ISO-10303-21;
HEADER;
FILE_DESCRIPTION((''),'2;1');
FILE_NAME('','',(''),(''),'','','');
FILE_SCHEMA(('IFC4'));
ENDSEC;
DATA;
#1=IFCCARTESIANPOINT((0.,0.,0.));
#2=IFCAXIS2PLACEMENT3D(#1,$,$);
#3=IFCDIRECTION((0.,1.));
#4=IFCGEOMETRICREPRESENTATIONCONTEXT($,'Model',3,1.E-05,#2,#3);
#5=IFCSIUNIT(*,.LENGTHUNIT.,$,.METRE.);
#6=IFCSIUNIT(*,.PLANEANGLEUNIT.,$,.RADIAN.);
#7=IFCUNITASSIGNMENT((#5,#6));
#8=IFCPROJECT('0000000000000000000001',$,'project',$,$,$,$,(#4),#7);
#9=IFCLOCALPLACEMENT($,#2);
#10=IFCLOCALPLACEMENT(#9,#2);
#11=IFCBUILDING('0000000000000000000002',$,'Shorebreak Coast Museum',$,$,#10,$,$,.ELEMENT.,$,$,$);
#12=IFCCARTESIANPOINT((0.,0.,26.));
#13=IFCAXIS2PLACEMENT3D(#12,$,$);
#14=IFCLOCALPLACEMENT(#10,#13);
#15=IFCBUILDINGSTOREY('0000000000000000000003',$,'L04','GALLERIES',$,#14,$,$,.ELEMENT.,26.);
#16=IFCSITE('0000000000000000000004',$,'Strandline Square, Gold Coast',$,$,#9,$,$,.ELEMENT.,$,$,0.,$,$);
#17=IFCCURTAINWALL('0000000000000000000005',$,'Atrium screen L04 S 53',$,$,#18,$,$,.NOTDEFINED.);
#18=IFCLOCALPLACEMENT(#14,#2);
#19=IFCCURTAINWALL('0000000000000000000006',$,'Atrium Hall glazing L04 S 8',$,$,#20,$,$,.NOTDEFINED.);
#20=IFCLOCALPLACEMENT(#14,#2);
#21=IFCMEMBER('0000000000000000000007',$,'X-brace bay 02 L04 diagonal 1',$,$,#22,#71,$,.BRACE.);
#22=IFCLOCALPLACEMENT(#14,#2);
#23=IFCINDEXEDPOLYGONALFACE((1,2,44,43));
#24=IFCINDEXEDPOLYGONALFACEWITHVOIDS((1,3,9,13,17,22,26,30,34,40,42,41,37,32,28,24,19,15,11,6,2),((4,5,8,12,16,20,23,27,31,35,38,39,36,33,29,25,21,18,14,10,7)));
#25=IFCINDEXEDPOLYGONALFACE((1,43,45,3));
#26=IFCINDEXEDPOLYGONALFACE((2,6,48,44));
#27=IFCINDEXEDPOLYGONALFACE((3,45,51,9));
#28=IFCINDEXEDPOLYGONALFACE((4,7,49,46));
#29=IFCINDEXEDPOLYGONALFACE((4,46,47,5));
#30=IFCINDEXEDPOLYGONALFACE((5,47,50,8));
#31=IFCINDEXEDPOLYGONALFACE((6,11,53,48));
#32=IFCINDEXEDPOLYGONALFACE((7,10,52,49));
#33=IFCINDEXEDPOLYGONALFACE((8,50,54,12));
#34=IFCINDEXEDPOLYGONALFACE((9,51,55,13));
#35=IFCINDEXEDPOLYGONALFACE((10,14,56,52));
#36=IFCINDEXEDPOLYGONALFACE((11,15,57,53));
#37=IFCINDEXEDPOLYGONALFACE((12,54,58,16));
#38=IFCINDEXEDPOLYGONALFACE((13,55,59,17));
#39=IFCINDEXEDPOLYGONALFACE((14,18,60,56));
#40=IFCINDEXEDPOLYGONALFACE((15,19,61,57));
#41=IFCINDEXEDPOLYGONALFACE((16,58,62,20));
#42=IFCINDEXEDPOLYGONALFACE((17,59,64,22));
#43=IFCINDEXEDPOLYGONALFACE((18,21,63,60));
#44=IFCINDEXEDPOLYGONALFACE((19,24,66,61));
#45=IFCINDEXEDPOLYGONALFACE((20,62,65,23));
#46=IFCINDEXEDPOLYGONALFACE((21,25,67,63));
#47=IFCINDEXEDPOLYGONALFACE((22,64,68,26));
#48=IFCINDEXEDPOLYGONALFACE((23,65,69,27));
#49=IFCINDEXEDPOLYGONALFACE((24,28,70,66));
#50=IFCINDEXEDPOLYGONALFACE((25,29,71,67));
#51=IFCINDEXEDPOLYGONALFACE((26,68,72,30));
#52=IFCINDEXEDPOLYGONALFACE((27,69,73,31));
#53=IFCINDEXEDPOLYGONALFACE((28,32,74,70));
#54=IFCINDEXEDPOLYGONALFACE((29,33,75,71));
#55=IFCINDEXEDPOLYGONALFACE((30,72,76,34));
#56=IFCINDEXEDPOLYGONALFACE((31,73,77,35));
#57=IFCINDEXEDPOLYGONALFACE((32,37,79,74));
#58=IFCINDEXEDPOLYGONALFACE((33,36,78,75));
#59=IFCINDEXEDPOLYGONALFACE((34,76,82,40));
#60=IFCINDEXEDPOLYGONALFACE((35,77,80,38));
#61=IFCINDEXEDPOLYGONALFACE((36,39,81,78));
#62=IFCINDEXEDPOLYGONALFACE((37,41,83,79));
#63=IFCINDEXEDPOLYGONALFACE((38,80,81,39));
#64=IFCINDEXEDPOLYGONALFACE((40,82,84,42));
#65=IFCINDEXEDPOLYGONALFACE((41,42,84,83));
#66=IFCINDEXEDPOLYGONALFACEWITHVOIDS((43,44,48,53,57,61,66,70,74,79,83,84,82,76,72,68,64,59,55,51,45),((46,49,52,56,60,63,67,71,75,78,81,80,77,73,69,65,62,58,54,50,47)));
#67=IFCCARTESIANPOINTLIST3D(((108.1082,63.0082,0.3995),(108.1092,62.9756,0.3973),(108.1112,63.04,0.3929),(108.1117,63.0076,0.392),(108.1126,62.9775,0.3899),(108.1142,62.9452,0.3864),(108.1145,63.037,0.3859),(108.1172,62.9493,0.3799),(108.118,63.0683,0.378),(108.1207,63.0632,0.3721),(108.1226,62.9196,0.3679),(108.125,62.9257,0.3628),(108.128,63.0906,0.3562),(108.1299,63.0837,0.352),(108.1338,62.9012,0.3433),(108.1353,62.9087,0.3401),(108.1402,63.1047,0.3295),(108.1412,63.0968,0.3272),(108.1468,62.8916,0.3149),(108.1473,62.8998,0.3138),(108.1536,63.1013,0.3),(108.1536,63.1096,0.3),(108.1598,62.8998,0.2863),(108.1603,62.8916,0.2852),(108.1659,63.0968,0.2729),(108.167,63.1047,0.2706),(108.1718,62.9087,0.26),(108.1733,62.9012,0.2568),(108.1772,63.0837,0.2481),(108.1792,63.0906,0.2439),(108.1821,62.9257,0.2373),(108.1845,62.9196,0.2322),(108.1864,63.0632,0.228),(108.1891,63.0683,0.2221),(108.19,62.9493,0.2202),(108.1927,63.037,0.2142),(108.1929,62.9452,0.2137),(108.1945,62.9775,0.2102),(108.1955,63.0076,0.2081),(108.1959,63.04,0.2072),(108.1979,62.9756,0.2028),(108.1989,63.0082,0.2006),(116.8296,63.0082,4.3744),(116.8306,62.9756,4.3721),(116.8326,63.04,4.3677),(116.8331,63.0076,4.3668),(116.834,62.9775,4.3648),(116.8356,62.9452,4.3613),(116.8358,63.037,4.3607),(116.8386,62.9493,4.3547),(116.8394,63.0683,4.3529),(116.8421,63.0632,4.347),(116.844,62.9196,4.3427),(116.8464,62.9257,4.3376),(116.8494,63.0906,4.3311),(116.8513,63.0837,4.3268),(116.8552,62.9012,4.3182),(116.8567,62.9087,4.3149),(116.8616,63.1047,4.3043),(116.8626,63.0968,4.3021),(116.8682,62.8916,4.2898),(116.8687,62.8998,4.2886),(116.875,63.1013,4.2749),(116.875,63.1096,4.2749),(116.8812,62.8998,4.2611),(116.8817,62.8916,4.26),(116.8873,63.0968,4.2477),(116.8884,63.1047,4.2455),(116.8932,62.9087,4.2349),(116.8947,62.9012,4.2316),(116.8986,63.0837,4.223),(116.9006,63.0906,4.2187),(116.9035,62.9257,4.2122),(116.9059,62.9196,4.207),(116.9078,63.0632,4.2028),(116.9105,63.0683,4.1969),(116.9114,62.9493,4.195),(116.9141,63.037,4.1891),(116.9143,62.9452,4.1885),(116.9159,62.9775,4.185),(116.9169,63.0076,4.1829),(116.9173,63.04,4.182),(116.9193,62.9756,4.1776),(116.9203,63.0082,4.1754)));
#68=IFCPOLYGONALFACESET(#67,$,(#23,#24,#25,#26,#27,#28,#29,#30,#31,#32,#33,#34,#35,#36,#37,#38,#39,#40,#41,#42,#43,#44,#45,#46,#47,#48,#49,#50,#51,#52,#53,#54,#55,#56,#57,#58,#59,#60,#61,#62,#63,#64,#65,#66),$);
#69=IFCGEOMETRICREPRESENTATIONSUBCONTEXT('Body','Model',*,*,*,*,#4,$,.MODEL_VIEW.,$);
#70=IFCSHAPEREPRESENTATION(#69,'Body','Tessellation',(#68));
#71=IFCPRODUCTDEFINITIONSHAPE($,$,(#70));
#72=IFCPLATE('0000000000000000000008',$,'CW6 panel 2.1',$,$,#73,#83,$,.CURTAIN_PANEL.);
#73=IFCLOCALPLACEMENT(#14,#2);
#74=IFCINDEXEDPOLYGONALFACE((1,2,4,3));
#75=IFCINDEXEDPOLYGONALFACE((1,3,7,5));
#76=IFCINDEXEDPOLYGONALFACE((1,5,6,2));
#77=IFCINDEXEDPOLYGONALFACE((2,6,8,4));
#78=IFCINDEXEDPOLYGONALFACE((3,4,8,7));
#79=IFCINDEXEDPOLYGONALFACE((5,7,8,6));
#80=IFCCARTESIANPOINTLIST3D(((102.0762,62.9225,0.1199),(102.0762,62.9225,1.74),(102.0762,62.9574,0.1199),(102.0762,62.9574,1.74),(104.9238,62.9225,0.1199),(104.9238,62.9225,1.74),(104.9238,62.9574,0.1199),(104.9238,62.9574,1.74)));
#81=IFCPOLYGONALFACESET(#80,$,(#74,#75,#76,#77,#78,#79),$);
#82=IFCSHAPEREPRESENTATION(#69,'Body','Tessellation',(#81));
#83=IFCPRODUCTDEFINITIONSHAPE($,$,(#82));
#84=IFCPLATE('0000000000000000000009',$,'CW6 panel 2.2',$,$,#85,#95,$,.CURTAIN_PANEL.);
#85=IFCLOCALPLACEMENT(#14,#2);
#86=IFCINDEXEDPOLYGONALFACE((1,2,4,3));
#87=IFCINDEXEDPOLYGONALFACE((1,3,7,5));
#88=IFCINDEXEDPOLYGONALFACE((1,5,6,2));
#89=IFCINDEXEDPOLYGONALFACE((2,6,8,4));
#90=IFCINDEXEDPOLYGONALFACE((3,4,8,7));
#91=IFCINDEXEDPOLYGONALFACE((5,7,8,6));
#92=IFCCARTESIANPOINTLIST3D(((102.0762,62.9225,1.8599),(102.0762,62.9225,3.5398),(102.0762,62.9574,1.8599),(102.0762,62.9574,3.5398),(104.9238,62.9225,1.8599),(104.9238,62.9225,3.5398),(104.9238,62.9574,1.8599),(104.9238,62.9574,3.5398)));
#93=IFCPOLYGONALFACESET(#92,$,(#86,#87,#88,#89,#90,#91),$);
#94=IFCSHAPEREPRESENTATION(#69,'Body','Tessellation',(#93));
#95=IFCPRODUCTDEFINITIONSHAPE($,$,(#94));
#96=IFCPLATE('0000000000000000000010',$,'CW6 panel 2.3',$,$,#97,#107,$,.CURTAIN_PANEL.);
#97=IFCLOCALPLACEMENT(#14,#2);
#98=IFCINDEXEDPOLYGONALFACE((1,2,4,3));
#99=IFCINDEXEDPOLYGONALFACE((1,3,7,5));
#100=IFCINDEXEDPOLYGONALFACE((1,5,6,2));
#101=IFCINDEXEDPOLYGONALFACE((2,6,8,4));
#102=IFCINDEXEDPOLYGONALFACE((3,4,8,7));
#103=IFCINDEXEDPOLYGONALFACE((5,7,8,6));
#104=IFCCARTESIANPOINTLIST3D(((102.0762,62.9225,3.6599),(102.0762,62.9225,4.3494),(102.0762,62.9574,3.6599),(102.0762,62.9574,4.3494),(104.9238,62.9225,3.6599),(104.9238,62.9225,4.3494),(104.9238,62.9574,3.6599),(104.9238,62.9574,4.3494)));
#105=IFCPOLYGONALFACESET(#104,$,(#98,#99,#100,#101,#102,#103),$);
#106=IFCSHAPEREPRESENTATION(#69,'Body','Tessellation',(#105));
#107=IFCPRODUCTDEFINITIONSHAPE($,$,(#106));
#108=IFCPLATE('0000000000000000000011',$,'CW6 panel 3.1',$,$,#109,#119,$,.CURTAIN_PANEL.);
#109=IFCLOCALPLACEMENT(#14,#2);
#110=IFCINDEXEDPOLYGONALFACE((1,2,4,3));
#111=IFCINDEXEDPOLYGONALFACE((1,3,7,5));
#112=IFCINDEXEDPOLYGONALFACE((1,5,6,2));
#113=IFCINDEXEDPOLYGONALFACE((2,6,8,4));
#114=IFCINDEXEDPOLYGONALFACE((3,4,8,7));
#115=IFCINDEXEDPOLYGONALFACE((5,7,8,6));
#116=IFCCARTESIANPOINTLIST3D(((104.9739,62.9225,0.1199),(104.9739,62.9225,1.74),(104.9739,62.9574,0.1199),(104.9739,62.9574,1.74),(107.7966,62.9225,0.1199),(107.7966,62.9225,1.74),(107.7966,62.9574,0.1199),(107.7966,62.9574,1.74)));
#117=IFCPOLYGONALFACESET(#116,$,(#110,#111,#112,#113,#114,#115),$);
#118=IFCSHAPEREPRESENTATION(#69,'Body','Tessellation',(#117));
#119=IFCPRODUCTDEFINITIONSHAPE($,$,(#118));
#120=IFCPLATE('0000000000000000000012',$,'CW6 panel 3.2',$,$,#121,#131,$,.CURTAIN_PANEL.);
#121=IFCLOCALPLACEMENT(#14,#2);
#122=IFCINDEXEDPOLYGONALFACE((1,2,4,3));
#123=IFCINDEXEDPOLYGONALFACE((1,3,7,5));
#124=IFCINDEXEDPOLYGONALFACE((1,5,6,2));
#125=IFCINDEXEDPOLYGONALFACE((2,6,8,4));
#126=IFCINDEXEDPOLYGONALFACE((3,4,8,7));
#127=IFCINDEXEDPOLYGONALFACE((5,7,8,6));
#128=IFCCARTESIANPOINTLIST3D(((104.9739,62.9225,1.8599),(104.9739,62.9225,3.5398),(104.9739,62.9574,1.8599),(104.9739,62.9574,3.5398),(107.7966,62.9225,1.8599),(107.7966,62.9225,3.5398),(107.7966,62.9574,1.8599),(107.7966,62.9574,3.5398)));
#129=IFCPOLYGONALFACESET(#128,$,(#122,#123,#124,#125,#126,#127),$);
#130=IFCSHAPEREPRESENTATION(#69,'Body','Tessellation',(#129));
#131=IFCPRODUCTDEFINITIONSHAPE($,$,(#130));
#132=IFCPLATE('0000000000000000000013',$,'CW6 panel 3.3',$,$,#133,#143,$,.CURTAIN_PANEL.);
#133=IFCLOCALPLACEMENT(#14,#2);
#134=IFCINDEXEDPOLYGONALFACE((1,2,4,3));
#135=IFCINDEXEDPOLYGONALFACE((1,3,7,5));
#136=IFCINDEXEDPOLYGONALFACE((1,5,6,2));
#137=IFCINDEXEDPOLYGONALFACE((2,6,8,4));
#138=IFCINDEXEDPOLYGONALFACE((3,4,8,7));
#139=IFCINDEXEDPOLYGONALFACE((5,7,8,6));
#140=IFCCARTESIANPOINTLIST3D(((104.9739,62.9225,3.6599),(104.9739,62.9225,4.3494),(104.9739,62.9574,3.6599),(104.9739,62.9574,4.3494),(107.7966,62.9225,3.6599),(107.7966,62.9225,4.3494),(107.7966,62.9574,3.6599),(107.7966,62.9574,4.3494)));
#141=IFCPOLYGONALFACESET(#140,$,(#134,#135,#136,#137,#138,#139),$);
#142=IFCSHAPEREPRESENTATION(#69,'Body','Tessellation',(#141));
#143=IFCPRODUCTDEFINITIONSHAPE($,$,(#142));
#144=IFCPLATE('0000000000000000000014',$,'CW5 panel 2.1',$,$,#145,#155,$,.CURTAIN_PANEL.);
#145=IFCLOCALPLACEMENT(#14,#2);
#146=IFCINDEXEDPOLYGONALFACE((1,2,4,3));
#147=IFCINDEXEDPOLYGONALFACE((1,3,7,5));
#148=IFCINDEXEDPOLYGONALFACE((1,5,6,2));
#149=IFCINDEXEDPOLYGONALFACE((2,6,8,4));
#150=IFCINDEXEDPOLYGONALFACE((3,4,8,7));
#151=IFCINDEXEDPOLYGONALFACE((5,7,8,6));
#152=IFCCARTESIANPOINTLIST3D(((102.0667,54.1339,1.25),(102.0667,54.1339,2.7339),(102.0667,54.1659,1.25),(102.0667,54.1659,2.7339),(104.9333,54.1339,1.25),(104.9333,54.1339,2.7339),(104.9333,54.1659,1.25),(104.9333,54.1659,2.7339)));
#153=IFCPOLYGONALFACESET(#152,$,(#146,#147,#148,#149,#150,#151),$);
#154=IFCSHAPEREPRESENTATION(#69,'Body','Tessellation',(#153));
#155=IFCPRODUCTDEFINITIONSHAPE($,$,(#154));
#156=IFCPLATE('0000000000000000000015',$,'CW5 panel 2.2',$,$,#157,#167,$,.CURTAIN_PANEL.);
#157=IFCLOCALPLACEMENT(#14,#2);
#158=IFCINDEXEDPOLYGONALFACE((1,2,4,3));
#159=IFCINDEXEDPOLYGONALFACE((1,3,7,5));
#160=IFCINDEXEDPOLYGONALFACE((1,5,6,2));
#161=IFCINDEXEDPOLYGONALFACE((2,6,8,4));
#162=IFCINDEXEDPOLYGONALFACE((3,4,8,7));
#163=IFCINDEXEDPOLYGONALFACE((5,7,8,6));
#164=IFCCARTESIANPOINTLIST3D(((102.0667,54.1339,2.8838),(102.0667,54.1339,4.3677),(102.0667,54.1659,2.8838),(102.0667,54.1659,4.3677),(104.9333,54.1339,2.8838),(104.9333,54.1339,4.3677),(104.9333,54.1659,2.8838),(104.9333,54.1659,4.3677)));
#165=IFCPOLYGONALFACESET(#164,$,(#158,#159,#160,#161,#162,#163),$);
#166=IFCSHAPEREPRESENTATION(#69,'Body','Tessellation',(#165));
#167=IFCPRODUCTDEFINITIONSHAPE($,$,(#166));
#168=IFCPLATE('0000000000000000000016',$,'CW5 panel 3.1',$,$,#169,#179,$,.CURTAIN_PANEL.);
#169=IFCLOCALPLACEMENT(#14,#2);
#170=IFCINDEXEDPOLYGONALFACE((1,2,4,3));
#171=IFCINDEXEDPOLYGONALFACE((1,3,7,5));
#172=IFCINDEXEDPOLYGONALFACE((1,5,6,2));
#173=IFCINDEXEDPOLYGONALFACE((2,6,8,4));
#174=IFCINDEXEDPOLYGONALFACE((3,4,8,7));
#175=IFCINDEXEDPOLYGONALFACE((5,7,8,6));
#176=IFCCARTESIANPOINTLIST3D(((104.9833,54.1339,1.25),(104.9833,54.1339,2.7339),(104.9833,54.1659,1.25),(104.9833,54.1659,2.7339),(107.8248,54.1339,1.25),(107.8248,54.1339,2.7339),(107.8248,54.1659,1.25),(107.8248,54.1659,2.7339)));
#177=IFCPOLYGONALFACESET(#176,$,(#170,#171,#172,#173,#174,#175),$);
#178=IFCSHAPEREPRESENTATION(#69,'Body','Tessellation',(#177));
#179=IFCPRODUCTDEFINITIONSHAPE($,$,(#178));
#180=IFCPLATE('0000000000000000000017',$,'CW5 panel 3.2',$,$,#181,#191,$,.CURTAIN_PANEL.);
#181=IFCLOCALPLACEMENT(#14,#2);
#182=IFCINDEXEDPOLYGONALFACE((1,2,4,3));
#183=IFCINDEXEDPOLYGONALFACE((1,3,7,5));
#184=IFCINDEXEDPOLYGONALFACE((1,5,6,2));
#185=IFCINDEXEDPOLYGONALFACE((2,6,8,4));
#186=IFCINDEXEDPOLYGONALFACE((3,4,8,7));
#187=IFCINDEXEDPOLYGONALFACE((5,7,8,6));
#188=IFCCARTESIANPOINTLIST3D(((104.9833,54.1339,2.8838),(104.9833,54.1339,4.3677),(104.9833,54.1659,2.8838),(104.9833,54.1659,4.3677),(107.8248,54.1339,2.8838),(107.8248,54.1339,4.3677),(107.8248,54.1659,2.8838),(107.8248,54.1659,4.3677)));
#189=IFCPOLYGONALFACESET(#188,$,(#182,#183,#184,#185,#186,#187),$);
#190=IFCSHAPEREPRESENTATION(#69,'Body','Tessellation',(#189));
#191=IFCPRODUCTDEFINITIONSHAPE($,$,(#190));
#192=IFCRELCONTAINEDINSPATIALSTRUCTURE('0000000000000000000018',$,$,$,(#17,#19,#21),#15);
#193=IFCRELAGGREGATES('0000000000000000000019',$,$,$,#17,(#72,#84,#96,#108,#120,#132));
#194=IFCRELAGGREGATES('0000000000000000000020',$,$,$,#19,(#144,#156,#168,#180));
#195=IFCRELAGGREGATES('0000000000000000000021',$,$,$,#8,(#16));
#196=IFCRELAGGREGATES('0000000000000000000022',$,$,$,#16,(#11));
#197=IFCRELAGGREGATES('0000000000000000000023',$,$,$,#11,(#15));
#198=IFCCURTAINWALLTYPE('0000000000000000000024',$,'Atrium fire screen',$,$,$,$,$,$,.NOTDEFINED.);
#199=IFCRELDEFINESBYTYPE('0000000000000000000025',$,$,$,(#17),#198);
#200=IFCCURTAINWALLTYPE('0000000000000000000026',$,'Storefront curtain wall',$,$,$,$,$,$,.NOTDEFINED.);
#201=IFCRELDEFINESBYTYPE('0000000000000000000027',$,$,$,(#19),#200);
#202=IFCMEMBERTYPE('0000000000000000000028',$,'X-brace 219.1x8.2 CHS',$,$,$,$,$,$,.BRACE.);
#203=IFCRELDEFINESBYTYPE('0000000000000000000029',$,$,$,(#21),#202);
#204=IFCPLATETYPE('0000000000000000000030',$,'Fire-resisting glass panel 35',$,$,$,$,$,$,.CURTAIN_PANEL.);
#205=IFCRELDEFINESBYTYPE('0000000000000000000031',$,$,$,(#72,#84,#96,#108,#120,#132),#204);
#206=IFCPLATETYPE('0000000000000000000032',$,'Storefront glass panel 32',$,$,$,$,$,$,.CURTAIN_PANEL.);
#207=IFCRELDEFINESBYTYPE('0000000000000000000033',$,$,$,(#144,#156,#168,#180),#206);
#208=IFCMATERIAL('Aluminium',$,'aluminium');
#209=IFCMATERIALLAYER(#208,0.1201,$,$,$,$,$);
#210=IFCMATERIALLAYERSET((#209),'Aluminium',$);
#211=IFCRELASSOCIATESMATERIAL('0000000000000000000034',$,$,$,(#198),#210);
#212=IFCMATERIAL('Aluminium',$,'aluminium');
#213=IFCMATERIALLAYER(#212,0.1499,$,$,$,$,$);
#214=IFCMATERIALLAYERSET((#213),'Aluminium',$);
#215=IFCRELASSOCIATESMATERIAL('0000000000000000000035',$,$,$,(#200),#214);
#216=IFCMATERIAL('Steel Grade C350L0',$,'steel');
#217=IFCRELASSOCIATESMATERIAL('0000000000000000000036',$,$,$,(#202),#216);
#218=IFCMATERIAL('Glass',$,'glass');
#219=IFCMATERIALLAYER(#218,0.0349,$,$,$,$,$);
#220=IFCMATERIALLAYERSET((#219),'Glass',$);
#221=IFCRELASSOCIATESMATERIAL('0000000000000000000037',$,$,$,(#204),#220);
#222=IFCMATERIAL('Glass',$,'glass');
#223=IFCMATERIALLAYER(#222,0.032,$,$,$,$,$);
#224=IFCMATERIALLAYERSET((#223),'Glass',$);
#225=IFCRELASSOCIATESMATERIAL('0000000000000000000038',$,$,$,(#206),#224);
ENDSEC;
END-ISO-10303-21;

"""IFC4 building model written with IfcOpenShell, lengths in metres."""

from ifc_helpers import new_model, si_unit, direction, frame, origin, origin_2d, place, context, subcontext, project, spatial, rectangle, hollow_circle, extrude, material, layer, layer_set, material_profile, profile_set, type_object, element, aggregate, save


model = new_model("IFC4")

# Units and contexts
model_context = context("Model", 3, precision=1e-05, world=origin(), true_north=direction((0.0, 1.0)))
body_context = subcontext(model_context, "Body", "Model", "MODEL_VIEW")
ifc_project = project(units=[si_unit("LENGTHUNIT", "METRE"), si_unit("PLANEANGLEUNIT", "RADIAN")], contexts=[model_context])

# Site, building, storey
site_placement = place(None, origin())
site = spatial("IfcSite", under=ifc_project, at=site_placement, Name="Strandline Square, Gold Coast", CompositionType="ELEMENT", RefElevation=0.0)
building_placement = place(site_placement, origin())
building = spatial("IfcBuilding", under=site, at=building_placement, Name="Shorebreak Coast Museum", CompositionType="ELEMENT")
storey_placement = place(building_placement, frame((0.0, 0.0, 26.0)))
storey = spatial("IfcBuildingStorey", under=building, at=storey_placement, Name="L04", Description="GALLERIES", CompositionType="ELEMENT", Elevation=26.0)

# Curtain walls
ifc_material_1 = material(Name="Aluminium", Category="aluminium")
ifc_layer_1 = layer(ifc_material_1, 0.1201)
ifc_layer_set_1 = layer_set([ifc_layer_1], Name="Aluminium")
curtain_wall_type_1 = type_object("IfcCurtainWallType", Name="Atrium fire screen", PredefinedType="NOTDEFINED", material=ifc_layer_set_1)
curtain_wall_1_placement = place(storey_placement, origin())
curtain_wall_1 = element("IfcCurtainWall", 1, at=curtain_wall_1_placement, inside=storey, type_object=curtain_wall_type_1, Name="Atrium screen L04 S 53", PredefinedType="NOTDEFINED")
ifc_material_2 = material(Name="Aluminium", Category="aluminium")
ifc_layer_2 = layer(ifc_material_2, 0.1499)
ifc_layer_set_2 = layer_set([ifc_layer_2], Name="Aluminium")
curtain_wall_type_2 = type_object("IfcCurtainWallType", Name="Storefront curtain wall", PredefinedType="NOTDEFINED", material=ifc_layer_set_2)
curtain_wall_2_placement = place(storey_placement, origin())
curtain_wall_2 = element("IfcCurtainWall", 2, at=curtain_wall_2_placement, inside=storey, type_object=curtain_wall_type_2, Name="Atrium Hall glazing L04 S 8", PredefinedType="NOTDEFINED")

# Member
ifc_material_3 = material(Name="Steel Grade C350L0", Category="steel")
ifc_material_profile_1 = material_profile(ifc_material_3, hollow_circle(Radius=0.1096, WallThickness=0.0083, at=origin_2d()), Name="219.1x8.2 CHS")
ifc_profile_set_1 = profile_set([ifc_material_profile_1], Name="Steel Grade C350L0")
member_type_1 = type_object("IfcMemberType", Name="X-brace 219.1x8.2 CHS", PredefinedType="BRACE", material=ifc_profile_set_1)
member_1_placement = place(storey_placement, frame((108.1536, 63.0, 0.3), z_axis=(0.909951, 0.0, 0.414716), x_axis=(0.0, 1.0, 0.0)))
element("IfcMember", 3, at=member_1_placement, inside=storey, type_object=member_type_1, Name="X-brace bay 02 L04 diagonal 1", PredefinedType="BRACE", context=body_context, shape_type="SweptSolid", body=[
    extrude(hollow_circle(Radius=0.1096, WallThickness=0.0083, at=origin_2d()), origin(), (0.0, 0.0, 1.0), 9.5845),
])

# Plates
ifc_material_4 = material(Name="Glass", Category="glass")
ifc_layer_3 = layer(ifc_material_4, 0.0349)
ifc_layer_set_3 = layer_set([ifc_layer_3], Name="Glass")
plate_type_1 = type_object("IfcPlateType", Name="Fire-resisting glass panel 35", PredefinedType="CURTAIN_PANEL", material=ifc_layer_set_3)
plate_1_placement = place(storey_placement, frame((103.5, 62.9399, 0.1199), z_axis=(0.0, 0.0, 1.0), x_axis=(1.0, 0.0, 0.0)))
plate_1 = element("IfcPlate", 4, at=plate_1_placement, type_object=plate_type_1, Name="CW6 panel 2.1", PredefinedType="CURTAIN_PANEL", context=body_context, shape_type="SweptSolid", body=[
    extrude(rectangle(XDim=2.8477, YDim=0.0349, at=origin_2d()), origin(), (0.0, 0.0, 1.0), 1.6201),
])
plate_2_placement = place(storey_placement, frame((103.5, 62.9399, 1.8599), z_axis=(0.0, 0.0, 1.0), x_axis=(1.0, 0.0, 0.0)))
plate_2 = element("IfcPlate", 5, at=plate_2_placement, type_object=plate_type_1, Name="CW6 panel 2.2", PredefinedType="CURTAIN_PANEL", context=body_context, shape_type="SweptSolid", body=[
    extrude(rectangle(XDim=2.8477, YDim=0.0349, at=origin_2d()), origin(), (0.0, 0.0, 1.0), 1.6799),
])
plate_3_placement = place(storey_placement, frame((103.5, 62.9399, 3.6599), z_axis=(0.0, 0.0, 1.0), x_axis=(1.0, 0.0, 0.0)))
plate_3 = element("IfcPlate", 6, at=plate_3_placement, type_object=plate_type_1, Name="CW6 panel 2.3", PredefinedType="CURTAIN_PANEL", context=body_context, shape_type="SweptSolid", body=[
    extrude(rectangle(XDim=2.8477, YDim=0.0349, at=origin_2d()), origin(), (0.0, 0.0, 1.0), 0.6895),
])
plate_4_placement = place(storey_placement, frame((106.3853, 62.9399, 0.1199), z_axis=(0.0, 0.0, 1.0), x_axis=(1.0, 0.0, 0.0)))
plate_4 = element("IfcPlate", 7, at=plate_4_placement, type_object=plate_type_1, Name="CW6 panel 3.1", PredefinedType="CURTAIN_PANEL", context=body_context, shape_type="SweptSolid", body=[
    extrude(rectangle(XDim=2.8228, YDim=0.0349, at=origin_2d()), origin(), (0.0, 0.0, 1.0), 1.6201),
])
plate_5_placement = place(storey_placement, frame((106.3853, 62.9399, 1.8599), z_axis=(0.0, 0.0, 1.0), x_axis=(1.0, 0.0, 0.0)))
plate_5 = element("IfcPlate", 8, at=plate_5_placement, type_object=plate_type_1, Name="CW6 panel 3.2", PredefinedType="CURTAIN_PANEL", context=body_context, shape_type="SweptSolid", body=[
    extrude(rectangle(XDim=2.8228, YDim=0.0349, at=origin_2d()), origin(), (0.0, 0.0, 1.0), 1.6799),
])
plate_6_placement = place(storey_placement, frame((106.3853, 62.9399, 3.6599), z_axis=(0.0, 0.0, 1.0), x_axis=(1.0, 0.0, 0.0)))
plate_6 = element("IfcPlate", 9, at=plate_6_placement, type_object=plate_type_1, Name="CW6 panel 3.3", PredefinedType="CURTAIN_PANEL", context=body_context, shape_type="SweptSolid", body=[
    extrude(rectangle(XDim=2.8228, YDim=0.0349, at=origin_2d()), origin(), (0.0, 0.0, 1.0), 0.6895),
])
aggregate(curtain_wall_1, [plate_1, plate_2, plate_3, plate_4, plate_5, plate_6])
ifc_material_5 = material(Name="Glass", Category="glass")
ifc_layer_4 = layer(ifc_material_5, 0.032)
ifc_layer_set_4 = layer_set([ifc_layer_4], Name="Glass")
plate_type_2 = type_object("IfcPlateType", Name="Storefront glass panel 32", PredefinedType="CURTAIN_PANEL", material=ifc_layer_set_4)
plate_7_placement = place(storey_placement, frame((103.5, 54.1499, 1.25), z_axis=(0.0, 0.0, 1.0), x_axis=(1.0, 0.0, 0.0)))
plate_7 = element("IfcPlate", 10, at=plate_7_placement, type_object=plate_type_2, Name="CW5 panel 2.1", PredefinedType="CURTAIN_PANEL", context=body_context, shape_type="SweptSolid", body=[
    extrude(rectangle(XDim=2.8667, YDim=0.032, at=origin_2d()), origin(), (0.0, 0.0, 1.0), 1.4839),
])
plate_8_placement = place(storey_placement, frame((103.5, 54.1499, 2.8838), z_axis=(0.0, 0.0, 1.0), x_axis=(1.0, 0.0, 0.0)))
plate_8 = element("IfcPlate", 11, at=plate_8_placement, type_object=plate_type_2, Name="CW5 panel 2.2", PredefinedType="CURTAIN_PANEL", context=body_context, shape_type="SweptSolid", body=[
    extrude(rectangle(XDim=2.8667, YDim=0.032, at=origin_2d()), origin(), (0.0, 0.0, 1.0), 1.4839),
])
plate_9_placement = place(storey_placement, frame((106.4041, 54.1499, 1.25), z_axis=(0.0, 0.0, 1.0), x_axis=(1.0, 0.0, 0.0)))
plate_9 = element("IfcPlate", 12, at=plate_9_placement, type_object=plate_type_2, Name="CW5 panel 3.1", PredefinedType="CURTAIN_PANEL", context=body_context, shape_type="SweptSolid", body=[
    extrude(rectangle(XDim=2.8416, YDim=0.032, at=origin_2d()), origin(), (0.0, 0.0, 1.0), 1.4839),
])
plate_10_placement = place(storey_placement, frame((106.4041, 54.1499, 2.8838), z_axis=(0.0, 0.0, 1.0), x_axis=(1.0, 0.0, 0.0)))
plate_10 = element("IfcPlate", 13, at=plate_10_placement, type_object=plate_type_2, Name="CW5 panel 3.2", PredefinedType="CURTAIN_PANEL", context=body_context, shape_type="SweptSolid", body=[
    extrude(rectangle(XDim=2.8416, YDim=0.032, at=origin_2d()), origin(), (0.0, 0.0, 1.0), 1.4839),
])
aggregate(curtain_wall_2, [plate_7, plate_8, plate_9, plate_10])

save(model, "model.ifc")
